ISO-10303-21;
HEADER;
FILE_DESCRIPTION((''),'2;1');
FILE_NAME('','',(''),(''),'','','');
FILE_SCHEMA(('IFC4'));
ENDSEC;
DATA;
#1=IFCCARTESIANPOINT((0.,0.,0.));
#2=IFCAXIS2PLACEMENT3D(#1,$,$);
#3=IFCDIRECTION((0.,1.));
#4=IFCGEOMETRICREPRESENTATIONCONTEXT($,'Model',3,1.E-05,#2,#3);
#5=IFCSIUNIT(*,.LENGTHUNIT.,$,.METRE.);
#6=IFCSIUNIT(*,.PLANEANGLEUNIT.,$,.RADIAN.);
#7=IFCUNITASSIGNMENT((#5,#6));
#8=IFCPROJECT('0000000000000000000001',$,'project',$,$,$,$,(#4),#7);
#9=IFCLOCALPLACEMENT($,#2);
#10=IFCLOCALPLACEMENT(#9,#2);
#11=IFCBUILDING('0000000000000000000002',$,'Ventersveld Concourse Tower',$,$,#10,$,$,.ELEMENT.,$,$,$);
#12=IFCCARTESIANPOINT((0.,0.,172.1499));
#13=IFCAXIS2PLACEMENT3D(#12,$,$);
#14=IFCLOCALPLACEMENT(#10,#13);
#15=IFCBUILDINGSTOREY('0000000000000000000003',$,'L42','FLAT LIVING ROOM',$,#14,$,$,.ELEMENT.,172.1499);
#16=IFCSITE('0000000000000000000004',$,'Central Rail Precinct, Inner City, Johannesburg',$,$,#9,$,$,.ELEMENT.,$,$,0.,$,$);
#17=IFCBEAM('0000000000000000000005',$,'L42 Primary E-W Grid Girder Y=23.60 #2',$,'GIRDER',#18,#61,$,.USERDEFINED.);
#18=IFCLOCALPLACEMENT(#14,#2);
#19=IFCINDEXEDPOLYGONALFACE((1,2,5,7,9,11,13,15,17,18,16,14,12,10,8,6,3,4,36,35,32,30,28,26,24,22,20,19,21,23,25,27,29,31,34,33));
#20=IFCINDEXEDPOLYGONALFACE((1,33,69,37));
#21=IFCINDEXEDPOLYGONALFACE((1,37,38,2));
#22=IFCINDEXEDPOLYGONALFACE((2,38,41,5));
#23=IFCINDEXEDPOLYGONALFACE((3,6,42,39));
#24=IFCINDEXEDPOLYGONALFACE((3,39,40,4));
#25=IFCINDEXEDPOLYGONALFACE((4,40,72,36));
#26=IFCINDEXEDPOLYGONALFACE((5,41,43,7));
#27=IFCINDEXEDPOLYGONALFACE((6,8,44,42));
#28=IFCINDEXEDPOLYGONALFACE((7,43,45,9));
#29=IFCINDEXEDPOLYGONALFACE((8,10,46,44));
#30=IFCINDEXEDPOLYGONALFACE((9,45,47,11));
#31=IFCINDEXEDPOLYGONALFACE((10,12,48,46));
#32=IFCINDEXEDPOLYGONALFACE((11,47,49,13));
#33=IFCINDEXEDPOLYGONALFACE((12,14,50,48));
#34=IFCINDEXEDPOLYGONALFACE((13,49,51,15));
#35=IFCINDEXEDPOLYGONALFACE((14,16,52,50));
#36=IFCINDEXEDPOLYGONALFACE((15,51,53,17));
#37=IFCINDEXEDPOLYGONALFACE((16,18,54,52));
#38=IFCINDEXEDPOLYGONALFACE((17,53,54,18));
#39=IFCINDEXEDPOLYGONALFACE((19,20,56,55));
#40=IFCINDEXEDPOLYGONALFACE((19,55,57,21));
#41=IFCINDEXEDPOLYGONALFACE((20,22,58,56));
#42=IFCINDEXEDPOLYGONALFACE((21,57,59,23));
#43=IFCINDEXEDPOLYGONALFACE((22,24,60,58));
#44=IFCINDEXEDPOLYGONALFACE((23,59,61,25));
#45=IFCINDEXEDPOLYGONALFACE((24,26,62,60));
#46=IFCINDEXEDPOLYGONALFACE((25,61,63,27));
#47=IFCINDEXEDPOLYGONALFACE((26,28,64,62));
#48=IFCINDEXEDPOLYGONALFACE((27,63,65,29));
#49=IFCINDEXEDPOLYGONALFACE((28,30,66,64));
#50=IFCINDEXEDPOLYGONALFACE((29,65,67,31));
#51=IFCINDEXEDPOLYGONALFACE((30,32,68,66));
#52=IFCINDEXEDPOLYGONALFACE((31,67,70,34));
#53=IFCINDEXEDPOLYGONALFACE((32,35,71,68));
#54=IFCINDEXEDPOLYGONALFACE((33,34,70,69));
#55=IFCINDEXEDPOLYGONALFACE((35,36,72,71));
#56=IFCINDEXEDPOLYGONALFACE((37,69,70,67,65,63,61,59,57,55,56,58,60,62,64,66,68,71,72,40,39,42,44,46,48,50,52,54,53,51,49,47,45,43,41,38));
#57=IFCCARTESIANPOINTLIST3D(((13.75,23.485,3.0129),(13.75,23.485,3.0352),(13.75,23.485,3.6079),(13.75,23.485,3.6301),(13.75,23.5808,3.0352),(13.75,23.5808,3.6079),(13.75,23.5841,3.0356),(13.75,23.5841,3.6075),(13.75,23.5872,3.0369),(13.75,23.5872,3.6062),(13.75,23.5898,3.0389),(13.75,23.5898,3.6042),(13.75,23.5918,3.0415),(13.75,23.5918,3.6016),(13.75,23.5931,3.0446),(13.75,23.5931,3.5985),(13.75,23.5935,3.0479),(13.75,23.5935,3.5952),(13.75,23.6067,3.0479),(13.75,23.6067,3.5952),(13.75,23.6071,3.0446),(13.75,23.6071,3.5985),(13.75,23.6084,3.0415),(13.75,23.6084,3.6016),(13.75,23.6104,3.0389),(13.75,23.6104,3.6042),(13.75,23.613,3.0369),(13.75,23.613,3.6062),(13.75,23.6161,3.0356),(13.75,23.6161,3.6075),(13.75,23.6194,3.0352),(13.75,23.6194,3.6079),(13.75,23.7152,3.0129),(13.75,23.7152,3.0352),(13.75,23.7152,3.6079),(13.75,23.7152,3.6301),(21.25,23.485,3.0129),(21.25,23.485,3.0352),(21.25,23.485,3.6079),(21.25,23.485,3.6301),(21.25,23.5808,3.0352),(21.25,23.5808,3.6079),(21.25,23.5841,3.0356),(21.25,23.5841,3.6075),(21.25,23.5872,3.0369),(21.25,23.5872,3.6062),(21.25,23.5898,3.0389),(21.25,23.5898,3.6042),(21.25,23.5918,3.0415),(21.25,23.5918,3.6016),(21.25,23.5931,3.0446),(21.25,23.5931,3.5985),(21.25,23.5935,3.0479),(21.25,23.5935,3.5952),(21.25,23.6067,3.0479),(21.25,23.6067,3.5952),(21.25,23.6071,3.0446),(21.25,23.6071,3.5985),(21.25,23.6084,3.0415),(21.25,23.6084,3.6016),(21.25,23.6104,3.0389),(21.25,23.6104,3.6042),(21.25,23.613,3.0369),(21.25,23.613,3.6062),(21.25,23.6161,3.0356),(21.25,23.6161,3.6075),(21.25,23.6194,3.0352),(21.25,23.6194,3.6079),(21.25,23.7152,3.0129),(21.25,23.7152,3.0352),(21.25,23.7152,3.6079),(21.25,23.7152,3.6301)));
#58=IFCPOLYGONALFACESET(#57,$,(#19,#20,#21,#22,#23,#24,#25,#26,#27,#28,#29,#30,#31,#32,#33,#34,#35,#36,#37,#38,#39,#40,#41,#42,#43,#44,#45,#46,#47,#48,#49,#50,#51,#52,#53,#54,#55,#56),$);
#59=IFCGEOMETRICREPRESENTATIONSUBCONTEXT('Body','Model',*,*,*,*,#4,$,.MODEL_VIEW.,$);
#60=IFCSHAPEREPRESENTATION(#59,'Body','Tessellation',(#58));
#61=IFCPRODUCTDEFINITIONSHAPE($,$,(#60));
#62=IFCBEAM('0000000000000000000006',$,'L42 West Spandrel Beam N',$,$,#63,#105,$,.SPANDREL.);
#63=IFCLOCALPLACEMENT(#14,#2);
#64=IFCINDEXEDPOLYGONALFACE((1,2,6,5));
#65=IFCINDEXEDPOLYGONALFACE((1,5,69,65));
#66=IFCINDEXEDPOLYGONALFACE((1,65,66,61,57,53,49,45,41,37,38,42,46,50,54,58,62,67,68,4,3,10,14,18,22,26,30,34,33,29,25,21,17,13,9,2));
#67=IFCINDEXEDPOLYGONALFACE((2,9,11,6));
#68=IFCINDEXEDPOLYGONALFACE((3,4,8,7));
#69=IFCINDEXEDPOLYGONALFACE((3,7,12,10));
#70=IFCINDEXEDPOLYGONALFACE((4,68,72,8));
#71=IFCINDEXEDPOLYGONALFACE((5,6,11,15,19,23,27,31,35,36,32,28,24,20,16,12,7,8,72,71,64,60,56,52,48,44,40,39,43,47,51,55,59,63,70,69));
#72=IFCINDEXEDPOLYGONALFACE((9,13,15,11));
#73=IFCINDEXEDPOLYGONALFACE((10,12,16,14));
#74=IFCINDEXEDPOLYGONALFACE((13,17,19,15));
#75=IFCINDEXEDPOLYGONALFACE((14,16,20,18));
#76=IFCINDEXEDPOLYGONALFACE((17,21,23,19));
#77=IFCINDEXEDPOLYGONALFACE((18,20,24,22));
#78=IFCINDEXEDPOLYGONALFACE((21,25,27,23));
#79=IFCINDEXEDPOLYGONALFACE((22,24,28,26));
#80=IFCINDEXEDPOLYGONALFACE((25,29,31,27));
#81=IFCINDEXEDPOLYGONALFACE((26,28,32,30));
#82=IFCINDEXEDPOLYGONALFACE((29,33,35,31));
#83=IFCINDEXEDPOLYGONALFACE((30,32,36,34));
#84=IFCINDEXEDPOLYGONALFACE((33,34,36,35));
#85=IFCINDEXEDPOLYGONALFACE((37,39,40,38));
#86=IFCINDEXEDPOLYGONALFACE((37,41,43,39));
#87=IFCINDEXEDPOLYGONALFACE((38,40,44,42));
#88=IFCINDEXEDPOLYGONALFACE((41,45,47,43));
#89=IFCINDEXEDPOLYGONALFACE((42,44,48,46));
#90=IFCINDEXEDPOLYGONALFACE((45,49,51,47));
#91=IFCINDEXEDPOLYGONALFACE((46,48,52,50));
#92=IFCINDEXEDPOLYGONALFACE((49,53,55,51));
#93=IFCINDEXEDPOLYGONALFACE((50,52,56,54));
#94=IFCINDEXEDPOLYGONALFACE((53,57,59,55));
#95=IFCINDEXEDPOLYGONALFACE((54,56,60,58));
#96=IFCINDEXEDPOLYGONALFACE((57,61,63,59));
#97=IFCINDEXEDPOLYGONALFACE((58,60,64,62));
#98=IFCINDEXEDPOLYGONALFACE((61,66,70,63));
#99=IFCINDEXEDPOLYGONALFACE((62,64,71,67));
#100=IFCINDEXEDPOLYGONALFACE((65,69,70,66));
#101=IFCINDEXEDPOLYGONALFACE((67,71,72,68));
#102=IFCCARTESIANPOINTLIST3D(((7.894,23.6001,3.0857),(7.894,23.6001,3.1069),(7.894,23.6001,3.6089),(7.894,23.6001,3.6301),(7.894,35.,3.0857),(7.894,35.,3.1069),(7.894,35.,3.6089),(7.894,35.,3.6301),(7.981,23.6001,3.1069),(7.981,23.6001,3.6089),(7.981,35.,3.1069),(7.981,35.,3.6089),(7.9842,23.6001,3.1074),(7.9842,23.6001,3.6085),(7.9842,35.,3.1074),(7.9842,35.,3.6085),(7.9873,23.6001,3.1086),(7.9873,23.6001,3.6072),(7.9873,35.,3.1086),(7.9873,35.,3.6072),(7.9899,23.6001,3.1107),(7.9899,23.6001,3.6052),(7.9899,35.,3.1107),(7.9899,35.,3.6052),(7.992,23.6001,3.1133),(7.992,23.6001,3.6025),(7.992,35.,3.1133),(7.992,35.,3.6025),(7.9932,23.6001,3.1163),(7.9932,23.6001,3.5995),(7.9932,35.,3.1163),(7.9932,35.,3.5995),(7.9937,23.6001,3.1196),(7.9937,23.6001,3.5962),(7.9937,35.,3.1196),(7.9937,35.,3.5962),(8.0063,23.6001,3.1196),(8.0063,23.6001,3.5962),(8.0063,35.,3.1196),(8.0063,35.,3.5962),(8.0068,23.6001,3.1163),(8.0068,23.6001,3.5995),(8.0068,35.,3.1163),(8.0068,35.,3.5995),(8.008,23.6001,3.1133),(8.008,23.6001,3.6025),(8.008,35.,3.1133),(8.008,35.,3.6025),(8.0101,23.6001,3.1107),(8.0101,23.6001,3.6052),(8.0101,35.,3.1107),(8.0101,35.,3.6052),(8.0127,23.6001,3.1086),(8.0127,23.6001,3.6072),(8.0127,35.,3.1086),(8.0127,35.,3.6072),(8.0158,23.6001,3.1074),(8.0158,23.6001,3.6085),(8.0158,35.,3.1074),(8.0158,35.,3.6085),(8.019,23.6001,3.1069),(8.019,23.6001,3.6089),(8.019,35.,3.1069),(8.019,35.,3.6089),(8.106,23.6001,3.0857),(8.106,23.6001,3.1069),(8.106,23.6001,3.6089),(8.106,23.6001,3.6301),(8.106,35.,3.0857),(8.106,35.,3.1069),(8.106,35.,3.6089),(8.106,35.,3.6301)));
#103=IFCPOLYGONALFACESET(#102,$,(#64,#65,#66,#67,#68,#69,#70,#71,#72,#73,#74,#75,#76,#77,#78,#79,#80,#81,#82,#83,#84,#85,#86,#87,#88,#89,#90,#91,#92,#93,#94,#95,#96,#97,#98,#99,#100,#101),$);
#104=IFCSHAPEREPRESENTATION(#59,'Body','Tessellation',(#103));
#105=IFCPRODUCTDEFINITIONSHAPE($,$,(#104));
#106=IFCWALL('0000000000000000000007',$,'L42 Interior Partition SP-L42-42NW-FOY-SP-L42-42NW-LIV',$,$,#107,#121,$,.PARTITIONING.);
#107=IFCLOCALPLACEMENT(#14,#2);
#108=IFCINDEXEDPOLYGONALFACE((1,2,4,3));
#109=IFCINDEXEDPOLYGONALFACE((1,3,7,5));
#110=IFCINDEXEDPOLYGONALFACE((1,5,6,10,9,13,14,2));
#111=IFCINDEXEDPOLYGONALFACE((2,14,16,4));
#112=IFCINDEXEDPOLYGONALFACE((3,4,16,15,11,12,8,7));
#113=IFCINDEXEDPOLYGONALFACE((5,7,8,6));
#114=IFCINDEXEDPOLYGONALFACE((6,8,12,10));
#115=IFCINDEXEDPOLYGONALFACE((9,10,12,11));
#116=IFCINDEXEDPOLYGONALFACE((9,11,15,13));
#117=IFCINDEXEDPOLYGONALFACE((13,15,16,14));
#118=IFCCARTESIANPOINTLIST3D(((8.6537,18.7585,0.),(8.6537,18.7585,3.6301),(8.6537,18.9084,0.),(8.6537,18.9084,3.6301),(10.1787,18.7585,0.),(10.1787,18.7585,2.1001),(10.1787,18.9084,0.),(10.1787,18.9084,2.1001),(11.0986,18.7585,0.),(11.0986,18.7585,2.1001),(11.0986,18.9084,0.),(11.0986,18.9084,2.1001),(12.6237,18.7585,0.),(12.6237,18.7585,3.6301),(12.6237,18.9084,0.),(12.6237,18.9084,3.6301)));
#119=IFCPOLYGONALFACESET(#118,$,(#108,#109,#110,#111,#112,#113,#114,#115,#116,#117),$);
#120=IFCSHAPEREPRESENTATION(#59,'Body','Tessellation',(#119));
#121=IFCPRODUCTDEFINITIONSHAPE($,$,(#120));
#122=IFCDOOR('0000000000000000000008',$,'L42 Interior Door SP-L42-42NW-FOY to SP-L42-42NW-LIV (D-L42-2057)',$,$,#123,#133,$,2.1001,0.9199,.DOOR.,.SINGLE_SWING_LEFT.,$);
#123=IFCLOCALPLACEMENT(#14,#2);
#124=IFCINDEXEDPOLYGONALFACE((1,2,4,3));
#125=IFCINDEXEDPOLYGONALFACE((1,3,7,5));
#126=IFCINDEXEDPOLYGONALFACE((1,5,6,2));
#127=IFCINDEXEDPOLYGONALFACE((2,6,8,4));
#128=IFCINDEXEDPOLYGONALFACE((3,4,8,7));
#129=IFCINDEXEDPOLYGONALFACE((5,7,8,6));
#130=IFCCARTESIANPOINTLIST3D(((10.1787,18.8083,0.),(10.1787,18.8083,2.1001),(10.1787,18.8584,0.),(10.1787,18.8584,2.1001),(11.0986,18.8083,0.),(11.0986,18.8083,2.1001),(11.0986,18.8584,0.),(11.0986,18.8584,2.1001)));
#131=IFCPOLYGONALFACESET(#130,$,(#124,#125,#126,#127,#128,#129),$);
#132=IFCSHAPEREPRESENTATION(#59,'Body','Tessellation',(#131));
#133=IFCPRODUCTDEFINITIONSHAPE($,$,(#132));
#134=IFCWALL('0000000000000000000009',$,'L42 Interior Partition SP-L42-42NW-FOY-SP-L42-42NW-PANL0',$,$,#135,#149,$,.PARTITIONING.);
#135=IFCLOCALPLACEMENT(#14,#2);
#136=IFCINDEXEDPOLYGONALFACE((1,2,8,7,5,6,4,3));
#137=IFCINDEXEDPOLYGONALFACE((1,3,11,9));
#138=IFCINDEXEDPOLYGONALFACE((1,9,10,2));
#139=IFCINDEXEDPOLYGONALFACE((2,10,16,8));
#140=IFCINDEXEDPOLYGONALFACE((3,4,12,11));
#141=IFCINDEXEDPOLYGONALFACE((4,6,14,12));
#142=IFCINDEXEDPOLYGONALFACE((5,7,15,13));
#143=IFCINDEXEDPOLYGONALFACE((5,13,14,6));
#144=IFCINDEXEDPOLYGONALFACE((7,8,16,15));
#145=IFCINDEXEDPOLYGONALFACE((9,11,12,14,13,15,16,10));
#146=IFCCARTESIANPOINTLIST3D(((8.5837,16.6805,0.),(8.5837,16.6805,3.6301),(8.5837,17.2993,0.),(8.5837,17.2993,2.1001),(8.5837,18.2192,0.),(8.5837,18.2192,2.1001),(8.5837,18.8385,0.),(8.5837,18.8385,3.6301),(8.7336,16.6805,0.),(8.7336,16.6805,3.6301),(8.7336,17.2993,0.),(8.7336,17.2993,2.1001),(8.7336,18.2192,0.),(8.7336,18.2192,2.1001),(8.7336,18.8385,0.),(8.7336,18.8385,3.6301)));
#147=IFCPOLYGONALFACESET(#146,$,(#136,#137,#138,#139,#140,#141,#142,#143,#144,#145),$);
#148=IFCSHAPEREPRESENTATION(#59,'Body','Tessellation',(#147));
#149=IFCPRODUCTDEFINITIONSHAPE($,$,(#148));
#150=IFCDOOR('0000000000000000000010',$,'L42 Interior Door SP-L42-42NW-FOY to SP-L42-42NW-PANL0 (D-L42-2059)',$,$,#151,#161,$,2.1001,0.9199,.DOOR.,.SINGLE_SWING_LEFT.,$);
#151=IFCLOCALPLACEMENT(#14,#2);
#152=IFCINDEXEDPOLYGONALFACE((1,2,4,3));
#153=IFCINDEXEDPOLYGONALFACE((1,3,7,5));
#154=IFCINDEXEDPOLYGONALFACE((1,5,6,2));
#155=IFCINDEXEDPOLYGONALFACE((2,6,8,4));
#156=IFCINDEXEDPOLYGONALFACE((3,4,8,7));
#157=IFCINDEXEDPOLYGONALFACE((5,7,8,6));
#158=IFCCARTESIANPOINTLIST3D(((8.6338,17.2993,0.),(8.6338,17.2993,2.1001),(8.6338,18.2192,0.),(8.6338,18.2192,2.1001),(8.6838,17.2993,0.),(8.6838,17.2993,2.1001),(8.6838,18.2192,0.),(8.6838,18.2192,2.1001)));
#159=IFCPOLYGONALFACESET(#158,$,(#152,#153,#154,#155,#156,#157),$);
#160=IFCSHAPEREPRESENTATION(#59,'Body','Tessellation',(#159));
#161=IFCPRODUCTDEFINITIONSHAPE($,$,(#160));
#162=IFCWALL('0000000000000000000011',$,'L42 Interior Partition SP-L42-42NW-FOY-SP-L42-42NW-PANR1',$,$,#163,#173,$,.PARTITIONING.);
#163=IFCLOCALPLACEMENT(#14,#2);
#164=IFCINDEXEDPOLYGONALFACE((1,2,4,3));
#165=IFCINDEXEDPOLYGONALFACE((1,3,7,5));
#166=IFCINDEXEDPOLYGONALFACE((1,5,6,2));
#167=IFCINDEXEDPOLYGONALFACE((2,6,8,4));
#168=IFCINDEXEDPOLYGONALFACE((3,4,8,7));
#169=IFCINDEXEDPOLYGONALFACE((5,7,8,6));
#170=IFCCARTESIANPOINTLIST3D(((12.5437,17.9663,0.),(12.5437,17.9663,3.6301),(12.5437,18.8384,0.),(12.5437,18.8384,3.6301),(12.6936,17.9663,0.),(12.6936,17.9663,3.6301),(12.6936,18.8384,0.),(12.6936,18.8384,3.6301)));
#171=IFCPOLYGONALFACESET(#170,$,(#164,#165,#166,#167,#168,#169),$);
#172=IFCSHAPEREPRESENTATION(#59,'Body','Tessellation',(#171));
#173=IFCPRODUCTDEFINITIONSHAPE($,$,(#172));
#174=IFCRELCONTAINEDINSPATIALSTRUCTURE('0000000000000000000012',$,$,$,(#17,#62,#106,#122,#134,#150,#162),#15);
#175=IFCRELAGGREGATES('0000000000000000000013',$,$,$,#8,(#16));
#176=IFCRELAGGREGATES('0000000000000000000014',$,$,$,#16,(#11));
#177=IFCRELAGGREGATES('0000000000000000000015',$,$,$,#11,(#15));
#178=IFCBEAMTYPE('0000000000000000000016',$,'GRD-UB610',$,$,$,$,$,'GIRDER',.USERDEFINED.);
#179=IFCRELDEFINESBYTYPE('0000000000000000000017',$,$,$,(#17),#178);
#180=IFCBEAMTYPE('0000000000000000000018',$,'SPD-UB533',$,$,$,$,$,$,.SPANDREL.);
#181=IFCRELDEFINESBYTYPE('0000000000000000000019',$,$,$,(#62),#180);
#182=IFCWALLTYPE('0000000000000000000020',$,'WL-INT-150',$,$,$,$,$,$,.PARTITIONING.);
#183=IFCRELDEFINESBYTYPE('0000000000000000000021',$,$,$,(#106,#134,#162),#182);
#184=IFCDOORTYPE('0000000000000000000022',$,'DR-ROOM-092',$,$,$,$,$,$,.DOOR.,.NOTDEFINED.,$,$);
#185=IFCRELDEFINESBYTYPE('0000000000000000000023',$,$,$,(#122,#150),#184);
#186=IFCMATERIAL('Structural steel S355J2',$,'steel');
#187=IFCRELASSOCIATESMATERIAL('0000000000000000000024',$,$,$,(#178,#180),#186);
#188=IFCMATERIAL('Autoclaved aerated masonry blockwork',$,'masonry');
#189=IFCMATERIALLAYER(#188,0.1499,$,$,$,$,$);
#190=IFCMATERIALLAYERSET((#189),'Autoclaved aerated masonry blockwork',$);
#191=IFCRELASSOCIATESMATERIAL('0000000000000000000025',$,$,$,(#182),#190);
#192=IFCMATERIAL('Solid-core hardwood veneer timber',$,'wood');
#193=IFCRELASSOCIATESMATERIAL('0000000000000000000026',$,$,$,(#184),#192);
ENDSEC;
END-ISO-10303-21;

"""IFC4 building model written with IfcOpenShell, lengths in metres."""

from ifc_helpers import new_model, si_unit, direction, frame, frame_2d, origin, origin_2d, place, context, subcontext, project, spatial, rectangle, i_section, extrude, material, layer, layer_set, material_profile, profile_set, type_object, element, fill, save


model = new_model("IFC4")

# Units and contexts
model_context = context("Model", 3, precision=1e-05, world=origin(), true_north=direction((0.0, 1.0)))
body_context = subcontext(model_context, "Body", "Model", "MODEL_VIEW")
ifc_project = project(units=[si_unit("LENGTHUNIT", "METRE"), si_unit("PLANEANGLEUNIT", "RADIAN")], contexts=[model_context])

# Site, building, storey
site_placement = place(None, origin())
site = spatial("IfcSite", under=ifc_project, at=site_placement, Name="Central Rail Precinct, Inner City, Johannesburg", CompositionType="ELEMENT", RefElevation=0.0)
building_placement = place(site_placement, origin())
building = spatial("IfcBuilding", under=site, at=building_placement, Name="Ventersveld Concourse Tower", CompositionType="ELEMENT")
storey_placement = place(building_placement, frame((0.0, 0.0, 172.1499)))
storey = spatial("IfcBuildingStorey", under=building, at=storey_placement, Name="L42", Description="FLAT LIVING ROOM", CompositionType="ELEMENT", Elevation=172.1499)

# Beams
ifc_material_1 = material(Name="Structural steel S355J2", Category="steel")
ifc_material_profile_1 = material_profile(ifc_material_1, i_section(OverallWidth=0.2302, OverallDepth=0.6172, WebThickness=0.0132, FlangeThickness=0.0222, FilletRadius=0.0127, at=origin_2d()), Name="UB 610x229x140")
ifc_profile_set_1 = profile_set([ifc_material_profile_1], Name="Structural steel S355J2")
beam_type_1 = type_object("IfcBeamType", Name="GRD-UB610", ElementType="GIRDER", PredefinedType="USERDEFINED", material=ifc_profile_set_1)
beam_1_placement = place(storey_placement, frame((13.75, 23.6001, 3.3215), z_axis=(1.0, 0.0, 0.0), x_axis=(0.0, 1.0, 0.0)))
element("IfcBeam", 1, at=beam_1_placement, inside=storey, type_object=beam_type_1, Name="L42 Primary E-W Grid Girder Y=23.60 #2", ObjectType="GIRDER", PredefinedType="USERDEFINED", context=body_context, shape_type="SweptSolid", body=[
    extrude(i_section(OverallWidth=0.2302, OverallDepth=0.6172, WebThickness=0.0132, FlangeThickness=0.0222, FilletRadius=0.0127, at=origin_2d()), origin(), (0.0, 0.0, 1.0), 7.5),
])
ifc_material_profile_2 = material_profile(ifc_material_1, i_section(OverallWidth=0.2119, OverallDepth=0.5444, WebThickness=0.0127, FlangeThickness=0.0212, FilletRadius=0.0127, at=origin_2d()), Name="UB 533x210x122")
ifc_profile_set_2 = profile_set([ifc_material_profile_2], Name="Structural steel S355J2")
beam_type_2 = type_object("IfcBeamType", Name="SPD-UB533", PredefinedType="SPANDREL", material=ifc_profile_set_2)
beam_2_placement = place(storey_placement, frame((8.0, 23.6001, 3.3579), z_axis=(0.0, 1.0, 0.0), x_axis=(-1.0, 0.0, 0.0)))
element("IfcBeam", 2, at=beam_2_placement, inside=storey, type_object=beam_type_2, Name="L42 West Spandrel Beam N", PredefinedType="SPANDREL", context=body_context, shape_type="SweptSolid", body=[
    extrude(i_section(OverallWidth=0.2119, OverallDepth=0.5444, WebThickness=0.0127, FlangeThickness=0.0212, FilletRadius=0.0127, at=origin_2d()), origin(), (0.0, 0.0, 1.0), 11.3999),
])

# Walls, openings, doors
ifc_material_2 = material(Name="Autoclaved aerated masonry blockwork", Category="masonry")
ifc_layer_1 = layer(ifc_material_2, 0.1499)
ifc_layer_set_1 = layer_set([ifc_layer_1], Name="Autoclaved aerated masonry blockwork")
wall_type_1 = type_object("IfcWallType", Name="WL-INT-150", PredefinedType="PARTITIONING", material=ifc_layer_set_1)
wall_1_placement = place(storey_placement, frame((8.6538, 18.8335, 0.0), z_axis=(0.0, 0.0, 1.0), x_axis=(1.0, 0.0, 0.0)))
wall_1 = element("IfcWall", 3, at=wall_1_placement, inside=storey, type_object=wall_type_1, Name="L42 Interior Partition SP-L42-42NW-FOY-SP-L42-42NW-LIV", PredefinedType="PARTITIONING", context=body_context, shape_type="SweptSolid", body=[
    extrude(rectangle(XDim=3.97, YDim=0.1499, at=frame_2d((1.9849, 0.0))), origin(), (0.0, 0.0, 1.0), 3.6301),
])
opening_1_placement = place(wall_1_placement, frame((1.5249, 0.0, 0.0)))
opening_1 = element("IfcOpeningElement", 4, at=opening_1_placement, cuts=wall_1, PredefinedType="OPENING", context=body_context, shape_type="SweptSolid", body=[
    extrude(rectangle(XDim=0.9199, YDim=2.1001, at=frame_2d((0.46, 1.05))), frame((0.0, 0.085, 0.0), z_axis=(0.0, -1.0, 0.0), x_axis=(1.0, 0.0, 0.0)), (0.0, 0.0, 1.0), 0.1699),
])
ifc_material_3 = material(Name="Solid-core hardwood veneer timber", Category="wood")
door_type = type_object("IfcDoorType", Name="DR-ROOM-092", OperationType="NOTDEFINED", PredefinedType="DOOR", material=ifc_material_3)
door_1_placement = place(opening_1_placement, origin())
door_1 = element("IfcDoor", 5, at=door_1_placement, inside=storey, type_object=door_type, Name="L42 Interior Door SP-L42-42NW-FOY to SP-L42-42NW-LIV (D-L42-2057)", OperationType="SINGLE_SWING_LEFT", OverallHeight=2.1001, OverallWidth=0.9199, PredefinedType="DOOR", context=body_context, shape_type="SweptSolid", body=[
    extrude(rectangle(XDim=0.9199, YDim=2.1001, at=frame_2d((0.46, 1.05))), frame((0.0, 0.0249, 0.0), z_axis=(0.0, -1.0, 0.0), x_axis=(1.0, 0.0, 0.0)), (0.0, 0.0, 1.0), 0.05),
])
fill(opening_1, door_1)
wall_2_placement = place(storey_placement, frame((8.6587, 16.6804, 0.0), z_axis=(0.0, 0.0, 1.0), x_axis=(0.0, 1.0, 0.0)))
wall_2 = element("IfcWall", 6, at=wall_2_placement, inside=storey, type_object=wall_type_1, Name="L42 Interior Partition SP-L42-42NW-FOY-SP-L42-42NW-PANL0", PredefinedType="PARTITIONING", context=body_context, shape_type="SweptSolid", body=[
    extrude(rectangle(XDim=2.158, YDim=0.1499, at=frame_2d((1.0791, 0.0))), origin(), (0.0, 0.0, 1.0), 3.6301),
])
opening_2_placement = place(wall_2_placement, frame((0.6189, 0.0, 0.0)))
opening_2 = element("IfcOpeningElement", 7, at=opening_2_placement, cuts=wall_2, PredefinedType="OPENING", context=body_context, shape_type="SweptSolid", body=[
    extrude(rectangle(XDim=0.9199, YDim=2.1001, at=frame_2d((0.46, 1.05))), frame((0.0, 0.085, 0.0), z_axis=(0.0, -1.0, 0.0), x_axis=(1.0, 0.0, 0.0)), (0.0, 0.0, 1.0), 0.1699),
])
door_2_placement = place(opening_2_placement, origin())
door_2 = element("IfcDoor", 8, at=door_2_placement, inside=storey, type_object=door_type, Name="L42 Interior Door SP-L42-42NW-FOY to SP-L42-42NW-PANL0 (D-L42-2059)", OperationType="SINGLE_SWING_LEFT", OverallHeight=2.1001, OverallWidth=0.9199, PredefinedType="DOOR", context=body_context, shape_type="SweptSolid", body=[
    extrude(rectangle(XDim=0.9199, YDim=2.1001, at=frame_2d((0.46, 1.05))), frame((0.0, 0.0249, 0.0), z_axis=(0.0, -1.0, 0.0), x_axis=(1.0, 0.0, 0.0)), (0.0, 0.0, 1.0), 0.05),
])
fill(opening_2, door_2)

# Wall
wall_3_placement = place(storey_placement, frame((12.6187, 17.9663, 0.0), z_axis=(0.0, 0.0, 1.0), x_axis=(0.0, 1.0, 0.0)))
element("IfcWall", 9, at=wall_3_placement, inside=storey, type_object=wall_type_1, Name="L42 Interior Partition SP-L42-42NW-FOY-SP-L42-42NW-PANR1", PredefinedType="PARTITIONING", context=body_context, shape_type="SweptSolid", body=[
    extrude(rectangle(XDim=0.8721, YDim=0.1499, at=frame_2d((0.436, 0.0))), origin(), (0.0, 0.0, 1.0), 3.6301),
])

save(model, "model.ifc")
